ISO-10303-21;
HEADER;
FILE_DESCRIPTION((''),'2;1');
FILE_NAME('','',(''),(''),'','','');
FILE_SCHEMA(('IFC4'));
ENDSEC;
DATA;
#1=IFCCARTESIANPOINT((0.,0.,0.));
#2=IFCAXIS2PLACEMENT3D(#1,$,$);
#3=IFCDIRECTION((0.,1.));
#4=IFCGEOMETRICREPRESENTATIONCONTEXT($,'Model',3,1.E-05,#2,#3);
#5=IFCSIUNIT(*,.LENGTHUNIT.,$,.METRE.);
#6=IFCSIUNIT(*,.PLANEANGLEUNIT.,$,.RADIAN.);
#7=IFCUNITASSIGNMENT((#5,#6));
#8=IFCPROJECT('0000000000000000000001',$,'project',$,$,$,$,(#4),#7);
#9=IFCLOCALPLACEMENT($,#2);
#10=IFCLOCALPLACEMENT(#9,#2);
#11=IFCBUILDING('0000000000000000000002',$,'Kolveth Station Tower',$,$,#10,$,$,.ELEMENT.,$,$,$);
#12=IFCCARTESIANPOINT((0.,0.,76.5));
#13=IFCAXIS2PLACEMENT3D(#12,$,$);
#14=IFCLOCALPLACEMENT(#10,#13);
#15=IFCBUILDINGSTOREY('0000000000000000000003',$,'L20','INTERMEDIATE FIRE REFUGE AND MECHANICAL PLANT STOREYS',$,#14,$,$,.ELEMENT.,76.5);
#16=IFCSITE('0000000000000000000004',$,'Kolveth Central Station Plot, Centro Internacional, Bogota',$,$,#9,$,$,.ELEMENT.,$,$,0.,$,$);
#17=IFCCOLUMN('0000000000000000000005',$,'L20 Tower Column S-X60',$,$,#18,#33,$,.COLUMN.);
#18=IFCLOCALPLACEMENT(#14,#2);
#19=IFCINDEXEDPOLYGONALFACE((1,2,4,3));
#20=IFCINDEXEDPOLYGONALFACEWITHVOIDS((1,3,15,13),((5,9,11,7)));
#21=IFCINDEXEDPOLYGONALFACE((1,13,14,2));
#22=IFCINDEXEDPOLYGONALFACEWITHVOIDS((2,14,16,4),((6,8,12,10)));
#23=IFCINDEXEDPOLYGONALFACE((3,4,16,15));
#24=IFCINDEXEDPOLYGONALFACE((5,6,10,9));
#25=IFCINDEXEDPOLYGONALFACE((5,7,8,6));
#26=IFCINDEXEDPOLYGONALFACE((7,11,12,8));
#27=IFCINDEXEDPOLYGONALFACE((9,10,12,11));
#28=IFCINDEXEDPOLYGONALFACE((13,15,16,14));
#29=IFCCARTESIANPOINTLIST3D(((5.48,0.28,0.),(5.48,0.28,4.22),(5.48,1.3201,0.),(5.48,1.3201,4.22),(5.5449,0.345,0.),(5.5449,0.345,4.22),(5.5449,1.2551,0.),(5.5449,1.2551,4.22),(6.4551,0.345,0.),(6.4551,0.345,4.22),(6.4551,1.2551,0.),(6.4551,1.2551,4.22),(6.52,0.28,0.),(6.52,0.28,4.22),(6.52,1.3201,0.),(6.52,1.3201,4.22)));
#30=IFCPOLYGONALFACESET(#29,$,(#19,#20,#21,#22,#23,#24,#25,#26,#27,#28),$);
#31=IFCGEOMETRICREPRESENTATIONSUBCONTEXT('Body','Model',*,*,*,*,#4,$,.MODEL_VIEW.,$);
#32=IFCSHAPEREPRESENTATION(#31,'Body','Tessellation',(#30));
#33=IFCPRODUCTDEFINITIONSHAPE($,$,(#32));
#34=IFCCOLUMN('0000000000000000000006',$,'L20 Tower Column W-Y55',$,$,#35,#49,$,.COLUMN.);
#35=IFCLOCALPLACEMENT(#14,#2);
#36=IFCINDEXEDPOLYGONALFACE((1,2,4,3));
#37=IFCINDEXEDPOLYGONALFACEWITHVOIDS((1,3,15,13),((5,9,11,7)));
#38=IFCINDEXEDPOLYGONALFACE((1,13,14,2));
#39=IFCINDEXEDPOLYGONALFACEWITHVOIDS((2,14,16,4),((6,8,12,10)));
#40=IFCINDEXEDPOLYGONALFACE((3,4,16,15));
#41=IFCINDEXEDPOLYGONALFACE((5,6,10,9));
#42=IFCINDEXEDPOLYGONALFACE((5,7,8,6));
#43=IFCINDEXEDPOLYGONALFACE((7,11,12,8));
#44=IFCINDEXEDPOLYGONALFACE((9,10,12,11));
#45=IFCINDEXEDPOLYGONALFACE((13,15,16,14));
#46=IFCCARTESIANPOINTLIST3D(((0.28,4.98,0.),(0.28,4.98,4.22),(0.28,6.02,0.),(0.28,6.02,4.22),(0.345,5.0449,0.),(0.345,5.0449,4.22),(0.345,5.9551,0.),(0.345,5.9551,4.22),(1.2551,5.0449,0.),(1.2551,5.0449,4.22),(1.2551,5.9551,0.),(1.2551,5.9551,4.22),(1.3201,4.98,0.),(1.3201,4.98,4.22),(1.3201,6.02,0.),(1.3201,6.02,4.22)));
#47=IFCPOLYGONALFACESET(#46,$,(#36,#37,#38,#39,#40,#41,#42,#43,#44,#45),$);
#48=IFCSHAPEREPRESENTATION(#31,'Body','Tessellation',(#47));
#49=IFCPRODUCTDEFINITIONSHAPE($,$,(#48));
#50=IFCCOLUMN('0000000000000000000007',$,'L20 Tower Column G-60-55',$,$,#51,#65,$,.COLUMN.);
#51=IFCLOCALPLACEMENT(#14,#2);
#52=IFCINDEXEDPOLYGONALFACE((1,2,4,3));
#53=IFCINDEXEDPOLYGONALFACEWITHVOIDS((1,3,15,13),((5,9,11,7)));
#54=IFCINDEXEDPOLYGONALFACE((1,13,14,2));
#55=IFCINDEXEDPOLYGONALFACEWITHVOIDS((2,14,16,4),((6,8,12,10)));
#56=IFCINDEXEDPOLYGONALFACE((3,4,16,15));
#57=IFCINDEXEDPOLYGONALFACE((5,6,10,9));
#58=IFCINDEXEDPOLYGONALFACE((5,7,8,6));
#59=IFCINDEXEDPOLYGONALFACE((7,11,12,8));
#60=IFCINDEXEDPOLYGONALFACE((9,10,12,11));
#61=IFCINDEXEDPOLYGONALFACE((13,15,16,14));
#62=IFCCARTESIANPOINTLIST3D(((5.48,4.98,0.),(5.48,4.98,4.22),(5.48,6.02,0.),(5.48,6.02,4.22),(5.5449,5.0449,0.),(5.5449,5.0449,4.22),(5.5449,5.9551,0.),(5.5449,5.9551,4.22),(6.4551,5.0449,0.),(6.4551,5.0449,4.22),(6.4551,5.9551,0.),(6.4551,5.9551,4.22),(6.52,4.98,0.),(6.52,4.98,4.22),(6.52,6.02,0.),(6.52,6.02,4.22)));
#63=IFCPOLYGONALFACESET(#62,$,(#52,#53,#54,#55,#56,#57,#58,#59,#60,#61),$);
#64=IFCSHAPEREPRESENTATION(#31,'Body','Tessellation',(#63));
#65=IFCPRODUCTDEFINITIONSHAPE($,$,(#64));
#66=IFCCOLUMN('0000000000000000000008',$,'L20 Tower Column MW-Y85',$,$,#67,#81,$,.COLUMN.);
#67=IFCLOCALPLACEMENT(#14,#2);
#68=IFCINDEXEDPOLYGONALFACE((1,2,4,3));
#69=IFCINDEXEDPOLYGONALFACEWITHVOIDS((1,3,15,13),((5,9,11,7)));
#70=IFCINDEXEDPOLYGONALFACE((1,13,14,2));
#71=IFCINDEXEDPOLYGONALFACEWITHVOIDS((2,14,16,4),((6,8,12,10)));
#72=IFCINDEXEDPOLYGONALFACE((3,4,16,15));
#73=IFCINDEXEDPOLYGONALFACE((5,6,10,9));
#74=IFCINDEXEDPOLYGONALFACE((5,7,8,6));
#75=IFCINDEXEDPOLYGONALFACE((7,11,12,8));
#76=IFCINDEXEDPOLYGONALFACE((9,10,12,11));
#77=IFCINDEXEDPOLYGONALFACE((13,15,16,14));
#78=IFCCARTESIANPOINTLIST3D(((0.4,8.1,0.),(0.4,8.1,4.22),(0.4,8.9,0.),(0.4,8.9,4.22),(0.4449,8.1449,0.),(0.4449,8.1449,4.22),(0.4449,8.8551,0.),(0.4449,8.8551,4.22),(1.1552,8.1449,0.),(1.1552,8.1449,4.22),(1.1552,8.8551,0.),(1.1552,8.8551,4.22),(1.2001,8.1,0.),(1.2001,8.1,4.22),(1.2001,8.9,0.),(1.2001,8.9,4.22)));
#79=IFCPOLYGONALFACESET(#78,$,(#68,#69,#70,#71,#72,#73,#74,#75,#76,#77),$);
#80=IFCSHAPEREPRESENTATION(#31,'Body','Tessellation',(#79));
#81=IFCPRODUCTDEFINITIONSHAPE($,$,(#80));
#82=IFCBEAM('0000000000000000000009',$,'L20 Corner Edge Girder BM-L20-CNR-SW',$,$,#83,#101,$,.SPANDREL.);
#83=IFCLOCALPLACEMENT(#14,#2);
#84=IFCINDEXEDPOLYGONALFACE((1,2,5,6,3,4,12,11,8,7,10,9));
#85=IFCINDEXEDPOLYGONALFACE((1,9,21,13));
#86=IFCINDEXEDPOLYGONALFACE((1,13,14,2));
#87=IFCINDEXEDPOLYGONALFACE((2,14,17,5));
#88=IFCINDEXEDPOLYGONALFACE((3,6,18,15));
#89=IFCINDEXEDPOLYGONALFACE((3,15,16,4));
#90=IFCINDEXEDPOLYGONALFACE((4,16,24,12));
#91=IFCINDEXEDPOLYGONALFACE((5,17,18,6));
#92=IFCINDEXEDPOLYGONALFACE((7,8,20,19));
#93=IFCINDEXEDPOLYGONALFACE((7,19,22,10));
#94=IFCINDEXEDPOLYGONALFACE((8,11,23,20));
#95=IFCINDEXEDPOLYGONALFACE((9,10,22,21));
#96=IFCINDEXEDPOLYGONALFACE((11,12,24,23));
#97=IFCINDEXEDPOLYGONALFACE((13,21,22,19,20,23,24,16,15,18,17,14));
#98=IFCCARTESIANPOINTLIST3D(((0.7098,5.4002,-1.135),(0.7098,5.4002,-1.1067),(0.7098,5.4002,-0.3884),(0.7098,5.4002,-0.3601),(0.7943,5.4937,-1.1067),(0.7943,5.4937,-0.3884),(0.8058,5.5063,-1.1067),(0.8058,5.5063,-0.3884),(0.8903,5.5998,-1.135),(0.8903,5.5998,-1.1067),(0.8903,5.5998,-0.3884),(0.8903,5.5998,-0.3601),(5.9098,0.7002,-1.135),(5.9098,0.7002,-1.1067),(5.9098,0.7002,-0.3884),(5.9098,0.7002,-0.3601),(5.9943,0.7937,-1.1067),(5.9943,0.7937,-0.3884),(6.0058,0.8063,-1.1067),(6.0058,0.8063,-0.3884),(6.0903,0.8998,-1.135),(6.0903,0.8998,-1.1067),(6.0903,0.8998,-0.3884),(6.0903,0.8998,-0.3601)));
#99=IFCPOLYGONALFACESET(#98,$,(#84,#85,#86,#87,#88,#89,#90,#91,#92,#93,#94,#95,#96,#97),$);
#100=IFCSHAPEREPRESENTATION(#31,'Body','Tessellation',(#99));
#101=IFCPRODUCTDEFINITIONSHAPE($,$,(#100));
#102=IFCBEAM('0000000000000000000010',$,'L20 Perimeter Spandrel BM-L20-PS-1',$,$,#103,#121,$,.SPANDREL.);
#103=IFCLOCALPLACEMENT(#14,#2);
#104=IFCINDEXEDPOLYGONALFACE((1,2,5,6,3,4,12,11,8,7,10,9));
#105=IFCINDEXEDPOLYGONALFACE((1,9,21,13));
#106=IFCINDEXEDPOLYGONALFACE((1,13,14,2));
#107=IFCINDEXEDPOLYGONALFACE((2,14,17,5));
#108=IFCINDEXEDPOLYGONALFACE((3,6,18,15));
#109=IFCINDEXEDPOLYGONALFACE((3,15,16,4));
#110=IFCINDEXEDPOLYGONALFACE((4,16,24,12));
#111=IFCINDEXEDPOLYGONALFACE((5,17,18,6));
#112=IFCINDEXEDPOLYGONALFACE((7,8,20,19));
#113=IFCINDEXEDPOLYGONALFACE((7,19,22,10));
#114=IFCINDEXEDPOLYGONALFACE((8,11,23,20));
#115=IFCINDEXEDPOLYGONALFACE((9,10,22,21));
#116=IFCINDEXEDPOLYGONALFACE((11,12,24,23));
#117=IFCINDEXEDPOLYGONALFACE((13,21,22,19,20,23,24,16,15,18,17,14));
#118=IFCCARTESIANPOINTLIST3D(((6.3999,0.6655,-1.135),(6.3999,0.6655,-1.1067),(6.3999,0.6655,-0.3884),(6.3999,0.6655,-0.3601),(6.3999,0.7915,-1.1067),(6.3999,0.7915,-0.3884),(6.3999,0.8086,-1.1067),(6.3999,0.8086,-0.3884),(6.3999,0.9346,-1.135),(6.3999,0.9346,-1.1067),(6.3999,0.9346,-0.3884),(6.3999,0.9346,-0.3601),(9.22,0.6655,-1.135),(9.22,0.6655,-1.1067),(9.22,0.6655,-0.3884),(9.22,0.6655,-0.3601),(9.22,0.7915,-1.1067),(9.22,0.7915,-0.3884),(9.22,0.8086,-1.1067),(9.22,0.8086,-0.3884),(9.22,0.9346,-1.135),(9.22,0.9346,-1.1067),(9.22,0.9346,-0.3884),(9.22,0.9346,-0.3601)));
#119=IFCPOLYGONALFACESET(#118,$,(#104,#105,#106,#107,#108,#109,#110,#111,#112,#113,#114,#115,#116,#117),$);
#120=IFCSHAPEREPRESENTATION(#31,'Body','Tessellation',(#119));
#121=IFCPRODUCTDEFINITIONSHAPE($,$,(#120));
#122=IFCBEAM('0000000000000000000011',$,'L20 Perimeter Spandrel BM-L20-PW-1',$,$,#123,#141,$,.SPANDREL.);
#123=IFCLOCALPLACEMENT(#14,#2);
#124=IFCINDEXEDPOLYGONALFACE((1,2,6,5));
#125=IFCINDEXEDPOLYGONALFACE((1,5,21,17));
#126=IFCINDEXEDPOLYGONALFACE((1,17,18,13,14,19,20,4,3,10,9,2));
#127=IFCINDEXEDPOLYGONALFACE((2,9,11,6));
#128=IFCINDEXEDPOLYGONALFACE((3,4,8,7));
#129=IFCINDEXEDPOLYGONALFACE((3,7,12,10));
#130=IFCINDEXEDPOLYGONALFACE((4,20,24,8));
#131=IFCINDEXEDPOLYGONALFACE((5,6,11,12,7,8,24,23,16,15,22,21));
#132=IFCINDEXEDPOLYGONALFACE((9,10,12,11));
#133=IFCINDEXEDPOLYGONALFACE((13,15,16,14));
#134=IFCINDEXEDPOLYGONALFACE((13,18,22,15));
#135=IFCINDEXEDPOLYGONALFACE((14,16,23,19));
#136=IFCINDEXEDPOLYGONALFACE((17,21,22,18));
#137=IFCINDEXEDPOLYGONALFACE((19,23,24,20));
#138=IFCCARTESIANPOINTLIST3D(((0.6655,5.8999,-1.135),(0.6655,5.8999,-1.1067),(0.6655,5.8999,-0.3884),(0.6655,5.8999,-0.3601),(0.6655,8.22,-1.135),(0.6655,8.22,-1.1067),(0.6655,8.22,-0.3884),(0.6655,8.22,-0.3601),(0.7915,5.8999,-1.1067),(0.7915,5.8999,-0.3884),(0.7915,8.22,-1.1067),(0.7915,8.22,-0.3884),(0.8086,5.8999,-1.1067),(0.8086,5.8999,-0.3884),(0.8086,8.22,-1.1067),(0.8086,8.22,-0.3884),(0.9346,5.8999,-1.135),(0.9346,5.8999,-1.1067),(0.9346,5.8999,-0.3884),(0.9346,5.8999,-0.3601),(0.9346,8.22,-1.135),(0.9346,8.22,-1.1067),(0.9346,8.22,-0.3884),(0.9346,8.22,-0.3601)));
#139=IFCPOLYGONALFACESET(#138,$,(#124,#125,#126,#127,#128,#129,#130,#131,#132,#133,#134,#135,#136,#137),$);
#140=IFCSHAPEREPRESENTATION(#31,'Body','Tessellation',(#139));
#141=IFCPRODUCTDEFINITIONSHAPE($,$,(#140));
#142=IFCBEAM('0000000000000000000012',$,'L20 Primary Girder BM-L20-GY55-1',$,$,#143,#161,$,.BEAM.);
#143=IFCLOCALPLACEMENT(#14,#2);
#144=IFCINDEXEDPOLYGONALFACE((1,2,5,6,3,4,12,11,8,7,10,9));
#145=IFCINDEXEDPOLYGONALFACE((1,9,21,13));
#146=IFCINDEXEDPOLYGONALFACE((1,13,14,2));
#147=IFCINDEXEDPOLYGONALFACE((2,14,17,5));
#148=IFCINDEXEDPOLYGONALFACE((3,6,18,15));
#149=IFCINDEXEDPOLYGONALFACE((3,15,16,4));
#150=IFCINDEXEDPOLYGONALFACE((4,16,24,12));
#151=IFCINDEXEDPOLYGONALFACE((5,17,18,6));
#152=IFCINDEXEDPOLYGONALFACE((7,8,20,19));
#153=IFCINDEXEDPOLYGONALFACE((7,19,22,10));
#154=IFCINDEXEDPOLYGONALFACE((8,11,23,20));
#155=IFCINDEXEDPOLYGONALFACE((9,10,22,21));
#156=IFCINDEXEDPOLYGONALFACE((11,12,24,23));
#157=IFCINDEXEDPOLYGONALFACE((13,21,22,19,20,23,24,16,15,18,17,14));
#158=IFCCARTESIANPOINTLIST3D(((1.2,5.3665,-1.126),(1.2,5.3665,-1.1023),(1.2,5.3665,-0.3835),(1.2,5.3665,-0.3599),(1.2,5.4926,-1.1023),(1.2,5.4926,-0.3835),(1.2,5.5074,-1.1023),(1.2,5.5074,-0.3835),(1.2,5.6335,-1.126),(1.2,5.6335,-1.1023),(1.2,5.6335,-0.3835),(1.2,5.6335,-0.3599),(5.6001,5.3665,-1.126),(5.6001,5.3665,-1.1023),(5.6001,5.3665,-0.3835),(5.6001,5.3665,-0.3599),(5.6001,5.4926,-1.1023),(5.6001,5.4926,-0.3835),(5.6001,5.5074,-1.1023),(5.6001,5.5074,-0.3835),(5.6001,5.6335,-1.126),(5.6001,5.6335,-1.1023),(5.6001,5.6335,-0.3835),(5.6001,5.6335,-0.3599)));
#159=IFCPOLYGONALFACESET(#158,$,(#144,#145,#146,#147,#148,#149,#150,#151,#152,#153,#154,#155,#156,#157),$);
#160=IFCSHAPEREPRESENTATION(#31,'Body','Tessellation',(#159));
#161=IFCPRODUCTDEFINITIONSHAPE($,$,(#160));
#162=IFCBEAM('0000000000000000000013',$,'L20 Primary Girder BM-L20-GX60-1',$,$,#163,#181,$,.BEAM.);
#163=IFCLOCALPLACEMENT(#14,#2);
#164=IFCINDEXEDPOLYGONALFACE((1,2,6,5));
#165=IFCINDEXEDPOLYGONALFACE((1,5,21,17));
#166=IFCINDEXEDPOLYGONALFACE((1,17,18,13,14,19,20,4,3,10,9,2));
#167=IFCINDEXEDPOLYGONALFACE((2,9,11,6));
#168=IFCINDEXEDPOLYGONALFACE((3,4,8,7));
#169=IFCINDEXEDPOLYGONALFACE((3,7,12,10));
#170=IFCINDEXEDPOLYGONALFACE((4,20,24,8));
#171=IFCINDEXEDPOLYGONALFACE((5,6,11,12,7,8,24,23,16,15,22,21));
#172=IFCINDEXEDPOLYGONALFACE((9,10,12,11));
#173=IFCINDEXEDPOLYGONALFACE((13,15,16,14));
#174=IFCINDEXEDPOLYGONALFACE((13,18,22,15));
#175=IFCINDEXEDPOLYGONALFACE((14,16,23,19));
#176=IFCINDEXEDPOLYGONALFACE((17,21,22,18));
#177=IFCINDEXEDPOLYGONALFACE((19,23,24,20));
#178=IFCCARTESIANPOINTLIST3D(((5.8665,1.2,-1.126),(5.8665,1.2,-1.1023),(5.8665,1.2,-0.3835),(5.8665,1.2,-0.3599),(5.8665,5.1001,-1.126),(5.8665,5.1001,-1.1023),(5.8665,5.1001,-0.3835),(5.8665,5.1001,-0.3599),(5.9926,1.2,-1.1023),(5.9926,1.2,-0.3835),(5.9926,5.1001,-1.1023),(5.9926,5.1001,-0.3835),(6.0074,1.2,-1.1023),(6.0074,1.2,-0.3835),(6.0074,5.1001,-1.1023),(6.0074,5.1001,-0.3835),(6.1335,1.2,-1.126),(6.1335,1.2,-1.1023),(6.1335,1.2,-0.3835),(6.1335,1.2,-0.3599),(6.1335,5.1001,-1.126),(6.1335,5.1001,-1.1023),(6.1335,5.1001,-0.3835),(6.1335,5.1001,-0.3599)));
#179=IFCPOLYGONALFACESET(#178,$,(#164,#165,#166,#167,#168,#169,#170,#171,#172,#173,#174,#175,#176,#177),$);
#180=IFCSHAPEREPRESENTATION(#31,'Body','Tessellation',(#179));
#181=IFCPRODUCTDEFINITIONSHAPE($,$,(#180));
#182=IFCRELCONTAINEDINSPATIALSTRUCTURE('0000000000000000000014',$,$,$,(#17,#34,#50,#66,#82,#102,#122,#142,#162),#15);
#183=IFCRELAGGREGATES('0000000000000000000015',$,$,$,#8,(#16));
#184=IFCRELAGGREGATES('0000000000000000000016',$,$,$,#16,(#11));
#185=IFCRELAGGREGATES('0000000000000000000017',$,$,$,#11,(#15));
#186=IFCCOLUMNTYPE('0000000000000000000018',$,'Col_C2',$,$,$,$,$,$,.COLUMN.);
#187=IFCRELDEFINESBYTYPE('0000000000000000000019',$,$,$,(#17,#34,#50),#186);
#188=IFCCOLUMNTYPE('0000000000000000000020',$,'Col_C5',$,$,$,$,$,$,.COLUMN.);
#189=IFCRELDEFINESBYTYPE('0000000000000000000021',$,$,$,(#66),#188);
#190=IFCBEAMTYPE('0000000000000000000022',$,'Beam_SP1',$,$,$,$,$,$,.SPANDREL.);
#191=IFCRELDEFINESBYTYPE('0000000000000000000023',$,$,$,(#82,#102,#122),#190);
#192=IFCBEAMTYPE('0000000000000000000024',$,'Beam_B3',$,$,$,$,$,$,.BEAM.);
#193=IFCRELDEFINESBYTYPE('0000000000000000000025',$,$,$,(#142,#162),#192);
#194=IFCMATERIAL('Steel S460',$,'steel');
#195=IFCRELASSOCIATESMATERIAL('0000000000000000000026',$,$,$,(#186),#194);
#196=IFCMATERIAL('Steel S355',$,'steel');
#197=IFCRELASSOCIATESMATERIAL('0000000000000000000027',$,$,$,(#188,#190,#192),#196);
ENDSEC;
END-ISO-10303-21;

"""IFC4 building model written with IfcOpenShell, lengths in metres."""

from ifc_helpers import new_model, si_unit, direction, frame, origin, origin_2d, place, context, subcontext, project, spatial, hollow_rectangle, i_section, extrude, source, transform, mapped, material, material_profile, profile_set, type_object, element, save


model = new_model("IFC4")

# Units and contexts
model_context = context("Model", 3, precision=1e-05, world=origin(), true_north=direction((0.0, 1.0)))
body_context = subcontext(model_context, "Body", "Model", "MODEL_VIEW")
ifc_project = project(units=[si_unit("LENGTHUNIT", "METRE"), si_unit("PLANEANGLEUNIT", "RADIAN")], contexts=[model_context])

# Site, building, storey
site_placement = place(None, origin())
site = spatial("IfcSite", under=ifc_project, at=site_placement, Name="Kolveth Central Station Plot, Centro Internacional, Bogota", CompositionType="ELEMENT", RefElevation=0.0)
building_placement = place(site_placement, origin())
building = spatial("IfcBuilding", under=site, at=building_placement, Name="Kolveth Station Tower", CompositionType="ELEMENT")
storey_placement = place(building_placement, frame((0.0, 0.0, 76.5)))
storey = spatial("IfcBuildingStorey", under=building, at=storey_placement, Name="L20", Description="INTERMEDIATE FIRE REFUGE AND MECHANICAL PLANT STOREYS", CompositionType="ELEMENT", Elevation=76.5)

# Columns
ifc_material_1 = material(Name="Steel S460", Category="steel")
ifc_material_profile_1 = material_profile(ifc_material_1, hollow_rectangle(XDim=1.04, YDim=1.04, WallThickness=0.0649, at=origin_2d()), Name="BOX1040x1040x65")
ifc_profile_set_1 = profile_set([ifc_material_profile_1], Name="Steel S460")
column_type_1 = type_object("IfcColumnType", Name="Col_C2", PredefinedType="COLUMN", material=ifc_profile_set_1)
shared_shape_1 = source(origin(), body_context, "Body", "SweptSolid", [
    extrude(hollow_rectangle(XDim=1.04, YDim=1.04, WallThickness=0.0649, at=origin_2d()), origin(), (0.0, 0.0, 1.0), 4.22),
])
for number, where, z_axis, x_axis, name in (
    (1, (6.0, 0.8, 0.0), (0.0, 0.0, 1.0), (1.0, 0.0, 0.0), "L20 Tower Column S-X60"),
    (2, (0.8, 5.5, 0.0), (0.0, 0.0, 1.0), (1.0, 0.0, 0.0), "L20 Tower Column W-Y55"),
    (3, (6.0, 5.5, 0.0), (0.0, 0.0, 1.0), (1.0, 0.0, 0.0), "L20 Tower Column G-60-55"),
):
    element("IfcColumn", number, at=place(storey_placement, frame(where, z_axis=z_axis, x_axis=x_axis)), inside=storey, type_object=column_type_1, Name=name, PredefinedType="COLUMN", context=body_context, shape_type="MappedRepresentation", body=[
        mapped(shared_shape_1, transform((0.0, 0.0, 0.0), x_axis=(1.0, 0.0, 0.0), y_axis=(0.0, 1.0, 0.0), z_axis=(0.0, 0.0, 1.0), scale=1.0)),
    ])
ifc_material_2 = material(Name="Steel S355", Category="steel")
ifc_material_profile_2 = material_profile(ifc_material_2, hollow_rectangle(XDim=0.8, YDim=0.8, WallThickness=0.0449, at=origin_2d()), Name="BOX800x800x45")
ifc_profile_set_2 = profile_set([ifc_material_profile_2], Name="Steel S355")
column_type_2 = type_object("IfcColumnType", Name="Col_C5", PredefinedType="COLUMN", material=ifc_profile_set_2)
shared_shape_2 = source(origin(), body_context, "Body", "SweptSolid", [
    extrude(hollow_rectangle(XDim=0.8, YDim=0.8, WallThickness=0.0449, at=origin_2d()), origin(), (0.0, 0.0, 1.0), 4.22),
])
column_placement = place(storey_placement, frame((0.8, 8.5, 0.0), z_axis=(0.0, 0.0, 1.0), x_axis=(1.0, 0.0, 0.0)))
element("IfcColumn", 4, at=column_placement, inside=storey, type_object=column_type_2, Name="L20 Tower Column MW-Y85", PredefinedType="COLUMN", context=body_context, shape_type="MappedRepresentation", body=[
    mapped(shared_shape_2, transform((0.0, 0.0, 0.0), x_axis=(1.0, 0.0, 0.0), y_axis=(0.0, 1.0, 0.0), z_axis=(0.0, 0.0, 1.0), scale=1.0)),
])

# Beams
ifc_material_profile_3 = material_profile(ifc_material_2, i_section(OverallWidth=0.269, OverallDepth=0.7749, WebThickness=0.0171, FlangeThickness=0.0283, at=origin_2d()), Name="W760x220")
ifc_profile_set_3 = profile_set([ifc_material_profile_3], Name="Steel S355")
beam_type_1 = type_object("IfcBeamType", Name="Beam_SP1", PredefinedType="SPANDREL", material=ifc_profile_set_3)
shared_shape_3 = source(origin(), body_context, "Body", "SweptSolid", [
    extrude(i_section(OverallWidth=0.269, OverallDepth=0.7749, WebThickness=0.0171, FlangeThickness=0.0283, at=origin_2d()), origin(), (0.0, 0.0, 1.0), 7.0093),
])
beam_1_placement = place(storey_placement, frame((0.8, 5.5, -0.7476), z_axis=(0.741874, -0.670539, 0.0), x_axis=(0.670539, 0.741874, 0.0)))
element("IfcBeam", 5, at=beam_1_placement, inside=storey, type_object=beam_type_1, Name="L20 Corner Edge Girder BM-L20-CNR-SW", PredefinedType="SPANDREL", context=body_context, shape_type="MappedRepresentation", body=[
    mapped(shared_shape_3, transform((0.0, 0.0, 0.0), x_axis=(1.0, 0.0, 0.0), y_axis=(0.0, 1.0, 0.0), z_axis=(0.0, 0.0, 1.0), scale=1.0)),
])
shared_shape_4 = source(origin(), body_context, "Body", "SweptSolid", [
    extrude(i_section(OverallWidth=0.269, OverallDepth=0.7749, WebThickness=0.0171, FlangeThickness=0.0283, at=origin_2d()), origin(), (0.0, 0.0, 1.0), 2.8201),
])
beam_2_placement = place(storey_placement, frame((6.3999, 0.8, -0.7476), z_axis=(1.0, 0.0, 0.0), x_axis=(0.0, 1.0, 0.0)))
element("IfcBeam", 6, at=beam_2_placement, inside=storey, type_object=beam_type_1, Name="L20 Perimeter Spandrel BM-L20-PS-1", PredefinedType="SPANDREL", context=body_context, shape_type="MappedRepresentation", body=[
    mapped(shared_shape_4, transform((0.0, 0.0, 0.0), x_axis=(1.0, 0.0, 0.0), y_axis=(0.0, 1.0, 0.0), z_axis=(0.0, 0.0, 1.0), scale=1.0)),
])
shared_shape_5 = source(origin(), body_context, "Body", "SweptSolid", [
    extrude(i_section(OverallWidth=0.269, OverallDepth=0.7749, WebThickness=0.0171, FlangeThickness=0.0283, at=origin_2d()), origin(), (0.0, 0.0, 1.0), 2.3201),
])
beam_3_placement = place(storey_placement, frame((0.8, 5.8999, -0.7476), z_axis=(0.0, 1.0, 0.0), x_axis=(-1.0, 0.0, 0.0)))
element("IfcBeam", 7, at=beam_3_placement, inside=storey, type_object=beam_type_1, Name="L20 Perimeter Spandrel BM-L20-PW-1", PredefinedType="SPANDREL", context=body_context, shape_type="MappedRepresentation", body=[
    mapped(shared_shape_5, transform((0.0, 0.0, 0.0), x_axis=(1.0, 0.0, 0.0), y_axis=(0.0, 1.0, 0.0), z_axis=(0.0, 0.0, 1.0), scale=1.0)),
])
ifc_material_profile_4 = material_profile(ifc_material_2, i_section(OverallWidth=0.2671, OverallDepth=0.7661, WebThickness=0.0149, FlangeThickness=0.0237, at=origin_2d()), Name="W760x185")
ifc_profile_set_4 = profile_set([ifc_material_profile_4], Name="Steel S355")
beam_type_2 = type_object("IfcBeamType", Name="Beam_B3", PredefinedType="BEAM", material=ifc_profile_set_4)
shared_shape_6 = source(origin(), body_context, "Body", "SweptSolid", [
    extrude(i_section(OverallWidth=0.2671, OverallDepth=0.7661, WebThickness=0.0149, FlangeThickness=0.0237, at=origin_2d()), origin(), (0.0, 0.0, 1.0), 4.4001),
])
beam_4_placement = place(storey_placement, frame((1.2, 5.5, -0.7429), z_axis=(1.0, 0.0, 0.0), x_axis=(0.0, 1.0, 0.0)))
element("IfcBeam", 8, at=beam_4_placement, inside=storey, type_object=beam_type_2, Name="L20 Primary Girder BM-L20-GY55-1", PredefinedType="BEAM", context=body_context, shape_type="MappedRepresentation", body=[
    mapped(shared_shape_6, transform((0.0, 0.0, 0.0), x_axis=(1.0, 0.0, 0.0), y_axis=(0.0, 1.0, 0.0), z_axis=(0.0, 0.0, 1.0), scale=1.0)),
])
shared_shape_7 = source(origin(), body_context, "Body", "SweptSolid", [
    extrude(i_section(OverallWidth=0.2671, OverallDepth=0.7661, WebThickness=0.0149, FlangeThickness=0.0237, at=origin_2d()), origin(), (0.0, 0.0, 1.0), 3.9001),
])
beam_5_placement = place(storey_placement, frame((6.0, 1.2, -0.7429), z_axis=(0.0, 1.0, 0.0), x_axis=(-1.0, 0.0, 0.0)))
element("IfcBeam", 9, at=beam_5_placement, inside=storey, type_object=beam_type_2, Name="L20 Primary Girder BM-L20-GX60-1", PredefinedType="BEAM", context=body_context, shape_type="MappedRepresentation", body=[
    mapped(shared_shape_7, transform((0.0, 0.0, 0.0), x_axis=(1.0, 0.0, 0.0), y_axis=(0.0, 1.0, 0.0), z_axis=(0.0, 0.0, 1.0), scale=1.0)),
])

save(model, "model.ifc")
